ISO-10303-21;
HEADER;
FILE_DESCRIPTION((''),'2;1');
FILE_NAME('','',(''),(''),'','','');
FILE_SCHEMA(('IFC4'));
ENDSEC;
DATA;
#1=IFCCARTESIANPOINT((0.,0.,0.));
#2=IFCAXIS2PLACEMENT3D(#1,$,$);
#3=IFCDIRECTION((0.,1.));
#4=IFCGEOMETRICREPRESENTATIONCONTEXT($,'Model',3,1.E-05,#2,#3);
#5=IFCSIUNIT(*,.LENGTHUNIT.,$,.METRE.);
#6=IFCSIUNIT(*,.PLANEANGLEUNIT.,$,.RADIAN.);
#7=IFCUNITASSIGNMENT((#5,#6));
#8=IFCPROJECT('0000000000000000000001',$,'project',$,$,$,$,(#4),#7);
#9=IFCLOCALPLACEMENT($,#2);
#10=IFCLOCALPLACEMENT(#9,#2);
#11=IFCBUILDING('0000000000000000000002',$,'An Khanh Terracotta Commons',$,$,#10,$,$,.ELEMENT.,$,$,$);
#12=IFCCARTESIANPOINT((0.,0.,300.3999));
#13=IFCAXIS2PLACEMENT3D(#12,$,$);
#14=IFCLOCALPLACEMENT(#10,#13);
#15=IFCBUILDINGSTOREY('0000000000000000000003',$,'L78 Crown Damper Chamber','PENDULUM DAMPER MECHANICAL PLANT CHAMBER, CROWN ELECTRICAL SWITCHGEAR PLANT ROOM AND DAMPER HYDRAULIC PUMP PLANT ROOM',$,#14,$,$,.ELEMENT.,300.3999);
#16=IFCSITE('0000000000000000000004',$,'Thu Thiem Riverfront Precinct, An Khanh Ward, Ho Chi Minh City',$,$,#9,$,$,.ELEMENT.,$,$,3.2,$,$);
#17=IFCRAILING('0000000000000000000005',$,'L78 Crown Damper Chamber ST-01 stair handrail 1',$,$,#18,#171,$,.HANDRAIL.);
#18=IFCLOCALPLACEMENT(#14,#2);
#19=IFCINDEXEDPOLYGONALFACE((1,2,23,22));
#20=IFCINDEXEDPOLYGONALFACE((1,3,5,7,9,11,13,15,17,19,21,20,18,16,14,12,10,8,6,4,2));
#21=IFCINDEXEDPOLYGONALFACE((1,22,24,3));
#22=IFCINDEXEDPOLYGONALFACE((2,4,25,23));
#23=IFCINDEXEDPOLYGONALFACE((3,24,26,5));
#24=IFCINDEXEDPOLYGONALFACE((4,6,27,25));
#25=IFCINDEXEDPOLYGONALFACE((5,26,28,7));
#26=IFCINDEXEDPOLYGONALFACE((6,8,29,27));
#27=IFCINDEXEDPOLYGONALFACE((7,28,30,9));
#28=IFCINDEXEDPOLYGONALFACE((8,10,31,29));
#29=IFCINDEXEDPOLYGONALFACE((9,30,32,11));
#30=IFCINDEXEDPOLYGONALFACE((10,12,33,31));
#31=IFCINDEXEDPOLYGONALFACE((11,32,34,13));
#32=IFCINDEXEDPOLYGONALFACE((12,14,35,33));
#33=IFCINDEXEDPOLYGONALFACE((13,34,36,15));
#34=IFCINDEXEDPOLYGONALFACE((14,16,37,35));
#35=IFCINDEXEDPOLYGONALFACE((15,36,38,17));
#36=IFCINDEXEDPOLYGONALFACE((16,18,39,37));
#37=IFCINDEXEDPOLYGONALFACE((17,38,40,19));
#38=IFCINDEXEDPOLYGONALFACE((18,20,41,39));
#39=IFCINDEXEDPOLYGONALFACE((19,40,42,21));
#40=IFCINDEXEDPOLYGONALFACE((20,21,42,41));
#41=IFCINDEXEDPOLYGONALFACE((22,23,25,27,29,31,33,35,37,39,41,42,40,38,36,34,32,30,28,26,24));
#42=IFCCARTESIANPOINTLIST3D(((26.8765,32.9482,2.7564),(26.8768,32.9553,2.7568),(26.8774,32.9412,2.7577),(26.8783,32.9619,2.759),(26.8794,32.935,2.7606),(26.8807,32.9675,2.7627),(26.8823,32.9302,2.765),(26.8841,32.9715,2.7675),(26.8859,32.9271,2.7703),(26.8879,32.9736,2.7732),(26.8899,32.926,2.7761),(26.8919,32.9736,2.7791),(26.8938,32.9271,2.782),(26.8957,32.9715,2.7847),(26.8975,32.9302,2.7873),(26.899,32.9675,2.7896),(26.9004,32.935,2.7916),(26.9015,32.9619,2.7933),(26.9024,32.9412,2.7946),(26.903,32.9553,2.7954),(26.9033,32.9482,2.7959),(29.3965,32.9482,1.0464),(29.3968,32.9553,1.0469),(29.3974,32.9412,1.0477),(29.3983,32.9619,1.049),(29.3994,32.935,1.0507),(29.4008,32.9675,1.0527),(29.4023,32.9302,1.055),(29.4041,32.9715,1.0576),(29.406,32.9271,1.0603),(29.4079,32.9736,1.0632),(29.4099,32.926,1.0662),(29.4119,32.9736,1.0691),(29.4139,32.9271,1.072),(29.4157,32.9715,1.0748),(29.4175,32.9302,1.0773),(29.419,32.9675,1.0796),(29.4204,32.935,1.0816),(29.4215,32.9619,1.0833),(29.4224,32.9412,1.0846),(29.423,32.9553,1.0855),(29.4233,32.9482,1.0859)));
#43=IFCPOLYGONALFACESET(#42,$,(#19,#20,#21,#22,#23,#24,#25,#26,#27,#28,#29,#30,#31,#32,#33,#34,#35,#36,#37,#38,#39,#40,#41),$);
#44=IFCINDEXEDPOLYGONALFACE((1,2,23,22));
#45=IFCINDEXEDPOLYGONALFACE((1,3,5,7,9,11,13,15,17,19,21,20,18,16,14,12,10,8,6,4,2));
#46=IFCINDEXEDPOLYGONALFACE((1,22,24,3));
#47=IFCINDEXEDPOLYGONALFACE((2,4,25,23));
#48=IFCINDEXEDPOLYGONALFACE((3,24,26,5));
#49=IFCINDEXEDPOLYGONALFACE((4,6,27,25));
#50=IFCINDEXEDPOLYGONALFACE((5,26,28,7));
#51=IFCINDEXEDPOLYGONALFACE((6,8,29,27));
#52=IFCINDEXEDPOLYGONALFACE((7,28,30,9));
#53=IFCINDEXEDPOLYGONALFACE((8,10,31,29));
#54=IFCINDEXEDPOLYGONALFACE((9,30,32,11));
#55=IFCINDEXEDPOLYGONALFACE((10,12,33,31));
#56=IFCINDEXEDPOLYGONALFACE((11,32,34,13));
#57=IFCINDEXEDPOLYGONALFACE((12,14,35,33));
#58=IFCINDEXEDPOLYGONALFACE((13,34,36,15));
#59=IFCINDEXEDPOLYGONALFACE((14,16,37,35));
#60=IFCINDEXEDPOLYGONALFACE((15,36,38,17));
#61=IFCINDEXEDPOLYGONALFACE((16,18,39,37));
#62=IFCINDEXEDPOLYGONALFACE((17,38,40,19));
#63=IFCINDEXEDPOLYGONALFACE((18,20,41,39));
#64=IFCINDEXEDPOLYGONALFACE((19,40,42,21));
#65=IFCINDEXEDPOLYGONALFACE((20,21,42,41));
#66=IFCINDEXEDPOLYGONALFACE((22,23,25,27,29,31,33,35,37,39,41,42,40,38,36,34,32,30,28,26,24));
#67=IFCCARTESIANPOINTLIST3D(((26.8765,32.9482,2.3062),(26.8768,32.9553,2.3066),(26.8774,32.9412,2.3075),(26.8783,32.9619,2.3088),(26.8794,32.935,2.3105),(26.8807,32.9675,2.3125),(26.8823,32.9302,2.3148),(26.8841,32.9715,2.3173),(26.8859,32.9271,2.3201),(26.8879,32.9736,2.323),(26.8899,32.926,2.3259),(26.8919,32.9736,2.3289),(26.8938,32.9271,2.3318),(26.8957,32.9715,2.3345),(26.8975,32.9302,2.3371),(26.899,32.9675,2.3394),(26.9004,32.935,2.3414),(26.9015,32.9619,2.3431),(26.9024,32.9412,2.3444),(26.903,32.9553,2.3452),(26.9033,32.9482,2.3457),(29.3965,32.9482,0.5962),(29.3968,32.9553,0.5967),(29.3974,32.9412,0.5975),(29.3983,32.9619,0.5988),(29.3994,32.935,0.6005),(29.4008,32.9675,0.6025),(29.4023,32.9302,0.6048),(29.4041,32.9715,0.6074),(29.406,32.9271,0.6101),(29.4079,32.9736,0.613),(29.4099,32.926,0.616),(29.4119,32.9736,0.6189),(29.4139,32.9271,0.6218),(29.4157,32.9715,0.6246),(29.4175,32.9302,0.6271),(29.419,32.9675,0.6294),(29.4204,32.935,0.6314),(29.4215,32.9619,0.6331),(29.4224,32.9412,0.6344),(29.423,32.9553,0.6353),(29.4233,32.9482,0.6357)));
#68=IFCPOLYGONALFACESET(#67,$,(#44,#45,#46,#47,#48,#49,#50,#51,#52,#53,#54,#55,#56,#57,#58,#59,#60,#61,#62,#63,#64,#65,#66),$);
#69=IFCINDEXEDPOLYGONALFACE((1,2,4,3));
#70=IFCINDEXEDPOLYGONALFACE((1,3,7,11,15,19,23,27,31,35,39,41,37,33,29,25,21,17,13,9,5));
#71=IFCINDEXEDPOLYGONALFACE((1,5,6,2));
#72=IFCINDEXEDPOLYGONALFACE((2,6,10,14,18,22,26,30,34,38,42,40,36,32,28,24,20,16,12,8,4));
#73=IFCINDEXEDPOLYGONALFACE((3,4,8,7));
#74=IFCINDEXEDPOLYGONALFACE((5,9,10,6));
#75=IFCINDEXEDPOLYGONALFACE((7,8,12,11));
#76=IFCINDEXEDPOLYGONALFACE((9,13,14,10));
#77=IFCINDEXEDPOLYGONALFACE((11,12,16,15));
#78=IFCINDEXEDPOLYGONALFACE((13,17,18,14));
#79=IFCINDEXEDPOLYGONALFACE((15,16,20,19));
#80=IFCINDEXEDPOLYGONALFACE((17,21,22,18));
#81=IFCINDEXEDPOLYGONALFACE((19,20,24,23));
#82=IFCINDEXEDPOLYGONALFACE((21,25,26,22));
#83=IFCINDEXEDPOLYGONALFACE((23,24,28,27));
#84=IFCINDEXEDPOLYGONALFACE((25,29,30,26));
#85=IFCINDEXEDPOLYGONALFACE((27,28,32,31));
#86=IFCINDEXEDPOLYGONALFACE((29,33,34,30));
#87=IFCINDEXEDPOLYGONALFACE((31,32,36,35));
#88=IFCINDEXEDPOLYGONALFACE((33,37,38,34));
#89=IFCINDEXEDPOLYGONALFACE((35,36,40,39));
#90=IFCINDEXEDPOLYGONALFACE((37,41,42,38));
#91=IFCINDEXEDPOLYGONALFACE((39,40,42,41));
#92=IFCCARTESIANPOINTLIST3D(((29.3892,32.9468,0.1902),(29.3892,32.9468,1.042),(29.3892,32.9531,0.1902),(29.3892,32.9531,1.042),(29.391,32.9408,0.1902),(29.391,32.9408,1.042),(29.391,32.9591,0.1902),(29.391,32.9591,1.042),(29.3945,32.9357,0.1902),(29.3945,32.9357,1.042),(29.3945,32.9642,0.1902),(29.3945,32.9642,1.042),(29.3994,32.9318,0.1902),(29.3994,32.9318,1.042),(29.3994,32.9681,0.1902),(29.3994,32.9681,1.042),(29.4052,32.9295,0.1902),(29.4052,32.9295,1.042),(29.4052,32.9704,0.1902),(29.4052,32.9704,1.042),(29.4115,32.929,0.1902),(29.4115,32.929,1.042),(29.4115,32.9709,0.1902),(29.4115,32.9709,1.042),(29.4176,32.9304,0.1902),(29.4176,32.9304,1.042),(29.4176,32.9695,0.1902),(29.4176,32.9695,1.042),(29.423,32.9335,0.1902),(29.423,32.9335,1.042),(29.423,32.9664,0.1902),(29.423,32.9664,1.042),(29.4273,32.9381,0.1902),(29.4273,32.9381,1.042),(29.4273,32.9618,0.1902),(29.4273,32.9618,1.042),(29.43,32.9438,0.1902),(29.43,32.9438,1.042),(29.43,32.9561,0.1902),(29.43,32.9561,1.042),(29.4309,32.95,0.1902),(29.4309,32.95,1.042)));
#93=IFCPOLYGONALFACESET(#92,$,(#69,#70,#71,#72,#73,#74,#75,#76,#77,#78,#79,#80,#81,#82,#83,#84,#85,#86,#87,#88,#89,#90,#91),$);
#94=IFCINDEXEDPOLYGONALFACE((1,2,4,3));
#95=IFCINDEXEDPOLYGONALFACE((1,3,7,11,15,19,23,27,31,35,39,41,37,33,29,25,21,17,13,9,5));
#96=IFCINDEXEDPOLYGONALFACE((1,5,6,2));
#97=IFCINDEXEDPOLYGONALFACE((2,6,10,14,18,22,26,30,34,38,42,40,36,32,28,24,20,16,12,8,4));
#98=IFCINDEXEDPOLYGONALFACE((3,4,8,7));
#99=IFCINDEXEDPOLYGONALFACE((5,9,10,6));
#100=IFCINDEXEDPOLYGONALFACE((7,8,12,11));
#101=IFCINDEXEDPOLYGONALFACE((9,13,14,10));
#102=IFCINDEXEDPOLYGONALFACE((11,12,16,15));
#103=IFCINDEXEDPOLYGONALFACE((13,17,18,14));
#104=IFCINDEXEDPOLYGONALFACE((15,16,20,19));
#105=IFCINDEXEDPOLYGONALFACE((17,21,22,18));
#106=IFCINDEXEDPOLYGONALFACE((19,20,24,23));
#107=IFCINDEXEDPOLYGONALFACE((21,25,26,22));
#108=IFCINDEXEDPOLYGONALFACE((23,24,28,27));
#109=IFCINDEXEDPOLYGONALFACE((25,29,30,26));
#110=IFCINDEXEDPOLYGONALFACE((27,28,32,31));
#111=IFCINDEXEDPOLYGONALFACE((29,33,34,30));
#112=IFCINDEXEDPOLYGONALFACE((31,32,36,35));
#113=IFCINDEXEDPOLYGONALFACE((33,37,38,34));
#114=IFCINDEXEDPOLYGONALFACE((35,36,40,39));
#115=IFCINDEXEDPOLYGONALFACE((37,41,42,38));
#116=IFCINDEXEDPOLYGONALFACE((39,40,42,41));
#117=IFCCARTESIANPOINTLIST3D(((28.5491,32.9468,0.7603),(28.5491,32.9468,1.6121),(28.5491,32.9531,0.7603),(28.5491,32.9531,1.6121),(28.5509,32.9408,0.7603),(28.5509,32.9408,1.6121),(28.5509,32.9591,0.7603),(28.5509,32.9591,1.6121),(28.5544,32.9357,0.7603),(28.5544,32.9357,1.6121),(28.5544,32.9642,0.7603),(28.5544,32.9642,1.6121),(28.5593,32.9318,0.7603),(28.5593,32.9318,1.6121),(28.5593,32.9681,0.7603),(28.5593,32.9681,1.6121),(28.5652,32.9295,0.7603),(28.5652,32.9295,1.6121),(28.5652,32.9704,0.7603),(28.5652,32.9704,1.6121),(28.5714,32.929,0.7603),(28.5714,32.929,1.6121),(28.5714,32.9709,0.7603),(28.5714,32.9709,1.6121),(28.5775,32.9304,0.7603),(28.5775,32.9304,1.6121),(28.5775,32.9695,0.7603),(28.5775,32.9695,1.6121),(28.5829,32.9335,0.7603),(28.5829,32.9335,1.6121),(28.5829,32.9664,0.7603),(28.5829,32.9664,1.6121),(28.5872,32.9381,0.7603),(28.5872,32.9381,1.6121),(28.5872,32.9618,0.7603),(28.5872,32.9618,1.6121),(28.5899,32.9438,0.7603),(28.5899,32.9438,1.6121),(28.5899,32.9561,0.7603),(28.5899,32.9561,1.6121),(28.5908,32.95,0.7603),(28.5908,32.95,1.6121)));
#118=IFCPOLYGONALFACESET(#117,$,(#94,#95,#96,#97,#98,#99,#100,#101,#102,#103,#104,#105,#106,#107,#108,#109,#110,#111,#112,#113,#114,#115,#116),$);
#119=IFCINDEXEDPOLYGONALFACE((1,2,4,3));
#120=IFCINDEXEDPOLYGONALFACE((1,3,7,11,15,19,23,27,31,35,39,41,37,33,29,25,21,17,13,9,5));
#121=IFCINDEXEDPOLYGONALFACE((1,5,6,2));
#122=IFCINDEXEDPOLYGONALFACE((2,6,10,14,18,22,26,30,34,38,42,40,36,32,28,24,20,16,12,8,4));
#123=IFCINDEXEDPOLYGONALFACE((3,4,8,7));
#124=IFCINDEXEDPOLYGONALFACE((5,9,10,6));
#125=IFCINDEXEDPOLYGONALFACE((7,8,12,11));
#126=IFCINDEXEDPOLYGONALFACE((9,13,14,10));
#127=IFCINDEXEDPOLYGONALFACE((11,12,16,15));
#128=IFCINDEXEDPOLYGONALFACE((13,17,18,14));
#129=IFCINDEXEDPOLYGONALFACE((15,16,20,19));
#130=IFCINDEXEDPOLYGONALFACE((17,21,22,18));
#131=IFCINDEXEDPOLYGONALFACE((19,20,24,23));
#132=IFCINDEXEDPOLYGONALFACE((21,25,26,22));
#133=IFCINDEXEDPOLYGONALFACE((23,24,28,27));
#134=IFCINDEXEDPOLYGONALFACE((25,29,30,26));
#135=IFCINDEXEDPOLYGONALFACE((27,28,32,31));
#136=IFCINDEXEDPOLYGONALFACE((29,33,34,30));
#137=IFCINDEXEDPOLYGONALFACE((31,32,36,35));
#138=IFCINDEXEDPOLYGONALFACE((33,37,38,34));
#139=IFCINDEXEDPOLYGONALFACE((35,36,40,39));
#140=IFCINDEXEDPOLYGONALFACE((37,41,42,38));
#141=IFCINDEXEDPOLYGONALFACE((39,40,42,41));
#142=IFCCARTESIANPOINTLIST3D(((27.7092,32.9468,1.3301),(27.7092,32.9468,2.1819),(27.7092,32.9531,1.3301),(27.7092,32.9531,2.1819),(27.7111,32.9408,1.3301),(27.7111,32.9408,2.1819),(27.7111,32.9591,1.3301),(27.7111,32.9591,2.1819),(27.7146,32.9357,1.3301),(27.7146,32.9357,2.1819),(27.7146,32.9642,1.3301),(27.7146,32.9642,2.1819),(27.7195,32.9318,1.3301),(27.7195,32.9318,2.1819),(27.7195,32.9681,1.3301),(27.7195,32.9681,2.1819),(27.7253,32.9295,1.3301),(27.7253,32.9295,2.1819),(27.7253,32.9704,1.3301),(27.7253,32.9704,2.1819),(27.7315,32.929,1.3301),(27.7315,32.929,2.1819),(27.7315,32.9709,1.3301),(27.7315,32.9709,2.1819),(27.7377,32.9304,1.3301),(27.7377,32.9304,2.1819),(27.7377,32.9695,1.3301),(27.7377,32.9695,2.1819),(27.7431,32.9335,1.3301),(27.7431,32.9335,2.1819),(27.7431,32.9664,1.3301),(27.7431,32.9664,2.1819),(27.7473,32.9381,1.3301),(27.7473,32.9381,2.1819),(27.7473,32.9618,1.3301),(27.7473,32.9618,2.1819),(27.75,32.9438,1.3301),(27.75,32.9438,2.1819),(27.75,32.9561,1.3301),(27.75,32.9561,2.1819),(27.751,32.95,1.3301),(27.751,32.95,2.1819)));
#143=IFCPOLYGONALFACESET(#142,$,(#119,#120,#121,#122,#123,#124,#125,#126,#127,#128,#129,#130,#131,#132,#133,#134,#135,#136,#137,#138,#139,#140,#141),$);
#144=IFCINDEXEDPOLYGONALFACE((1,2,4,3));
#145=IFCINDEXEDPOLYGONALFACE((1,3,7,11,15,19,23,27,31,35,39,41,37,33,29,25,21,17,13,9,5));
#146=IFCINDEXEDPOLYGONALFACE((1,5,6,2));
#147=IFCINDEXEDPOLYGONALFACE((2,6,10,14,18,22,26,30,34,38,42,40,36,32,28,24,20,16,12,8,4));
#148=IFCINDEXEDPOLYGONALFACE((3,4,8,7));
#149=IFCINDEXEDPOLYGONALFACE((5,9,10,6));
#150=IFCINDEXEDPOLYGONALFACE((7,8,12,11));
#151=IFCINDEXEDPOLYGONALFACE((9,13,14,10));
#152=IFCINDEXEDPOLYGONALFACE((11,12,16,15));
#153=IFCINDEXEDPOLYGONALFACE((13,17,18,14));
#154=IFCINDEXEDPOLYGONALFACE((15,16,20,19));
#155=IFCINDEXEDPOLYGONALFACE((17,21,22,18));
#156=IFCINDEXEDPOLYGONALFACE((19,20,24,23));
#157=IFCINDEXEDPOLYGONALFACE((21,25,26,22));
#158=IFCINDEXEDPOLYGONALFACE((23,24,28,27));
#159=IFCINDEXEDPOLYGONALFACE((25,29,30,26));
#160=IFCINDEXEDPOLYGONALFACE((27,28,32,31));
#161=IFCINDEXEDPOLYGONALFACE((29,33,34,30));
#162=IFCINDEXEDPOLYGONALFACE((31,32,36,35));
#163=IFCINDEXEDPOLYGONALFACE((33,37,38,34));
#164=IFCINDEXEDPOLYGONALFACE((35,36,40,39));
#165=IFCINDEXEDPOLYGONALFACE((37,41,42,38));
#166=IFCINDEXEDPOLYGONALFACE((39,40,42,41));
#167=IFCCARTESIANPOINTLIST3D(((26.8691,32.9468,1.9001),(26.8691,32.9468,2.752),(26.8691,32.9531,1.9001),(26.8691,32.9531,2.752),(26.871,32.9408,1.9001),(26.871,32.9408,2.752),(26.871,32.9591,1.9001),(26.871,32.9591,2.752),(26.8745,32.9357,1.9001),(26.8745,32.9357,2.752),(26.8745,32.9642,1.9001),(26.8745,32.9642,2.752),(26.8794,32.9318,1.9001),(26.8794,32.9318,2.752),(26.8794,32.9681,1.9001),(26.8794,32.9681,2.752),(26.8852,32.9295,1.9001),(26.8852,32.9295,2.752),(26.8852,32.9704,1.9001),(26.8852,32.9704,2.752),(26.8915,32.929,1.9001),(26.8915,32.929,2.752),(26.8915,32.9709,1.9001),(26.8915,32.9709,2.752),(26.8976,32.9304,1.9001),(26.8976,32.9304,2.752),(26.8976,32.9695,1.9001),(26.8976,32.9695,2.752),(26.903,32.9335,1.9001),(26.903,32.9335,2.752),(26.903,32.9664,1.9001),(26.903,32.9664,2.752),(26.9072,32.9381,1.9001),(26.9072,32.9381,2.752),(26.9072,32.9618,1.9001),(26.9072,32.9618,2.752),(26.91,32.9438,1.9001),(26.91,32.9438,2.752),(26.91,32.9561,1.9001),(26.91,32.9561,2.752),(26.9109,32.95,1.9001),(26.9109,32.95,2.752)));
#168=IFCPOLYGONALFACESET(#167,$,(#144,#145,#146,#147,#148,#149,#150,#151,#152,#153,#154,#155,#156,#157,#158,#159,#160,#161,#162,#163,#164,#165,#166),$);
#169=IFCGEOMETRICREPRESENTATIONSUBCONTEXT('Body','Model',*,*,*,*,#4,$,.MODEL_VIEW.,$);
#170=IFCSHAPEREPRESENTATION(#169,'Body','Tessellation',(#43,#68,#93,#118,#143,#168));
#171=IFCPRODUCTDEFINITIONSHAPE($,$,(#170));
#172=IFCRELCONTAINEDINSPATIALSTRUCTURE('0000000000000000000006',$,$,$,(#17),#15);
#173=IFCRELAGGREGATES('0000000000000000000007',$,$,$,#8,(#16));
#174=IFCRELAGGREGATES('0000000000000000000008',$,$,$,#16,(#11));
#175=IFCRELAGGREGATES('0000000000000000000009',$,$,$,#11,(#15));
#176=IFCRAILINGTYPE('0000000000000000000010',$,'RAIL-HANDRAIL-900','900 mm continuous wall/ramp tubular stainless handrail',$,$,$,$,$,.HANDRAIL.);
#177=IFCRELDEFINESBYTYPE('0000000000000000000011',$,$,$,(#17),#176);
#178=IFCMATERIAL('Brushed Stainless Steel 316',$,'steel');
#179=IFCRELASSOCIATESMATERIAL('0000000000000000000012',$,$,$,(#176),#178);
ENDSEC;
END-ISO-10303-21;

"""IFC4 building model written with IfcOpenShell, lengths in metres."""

from ifc_helpers import new_model, si_unit, direction, frame, origin, origin_2d, place, context, subcontext, project, spatial, circle, extrude, material, type_object, element, save


model = new_model("IFC4")

# Units and contexts
model_context = context("Model", 3, precision=1e-05, world=origin(), true_north=direction((0.0, 1.0)))
body_context = subcontext(model_context, "Body", "Model", "MODEL_VIEW")
ifc_project = project(units=[si_unit("LENGTHUNIT", "METRE"), si_unit("PLANEANGLEUNIT", "RADIAN")], contexts=[model_context])

# Site, building, storey
site_placement = place(None, origin())
site = spatial("IfcSite", under=ifc_project, at=site_placement, Name="Thu Thiem Riverfront Precinct, An Khanh Ward, Ho Chi Minh City", CompositionType="ELEMENT", RefElevation=3.2)
building_placement = place(site_placement, origin())
building = spatial("IfcBuilding", under=site, at=building_placement, Name="An Khanh Terracotta Commons", CompositionType="ELEMENT")
storey_placement = place(building_placement, frame((0.0, 0.0, 300.3999)))
storey = spatial("IfcBuildingStorey", under=building, at=storey_placement, Name="L78 Crown Damper Chamber", Description="PENDULUM DAMPER MECHANICAL PLANT CHAMBER, CROWN ELECTRICAL SWITCHGEAR PLANT ROOM AND DAMPER HYDRAULIC PUMP PLANT ROOM", CompositionType="ELEMENT", Elevation=300.3999)

# Railing
ifc_material_1 = material(Name="Brushed Stainless Steel 316", Category="steel")
railing_type_1 = type_object("IfcRailingType", Name="RAIL-HANDRAIL-900", Description="900 mm continuous wall/ramp tubular stainless handrail", PredefinedType="HANDRAIL", material=ifc_material_1)
railing_1_placement = place(storey_placement, frame((29.4099, 32.95, 0.1902)))
element("IfcRailing", 1, at=railing_1_placement, inside=storey, type_object=railing_type_1, Name="L78 Crown Damper Chamber ST-01 stair handrail 1", PredefinedType="HANDRAIL", context=body_context, shape_type="SweptSolid", body=[
    extrude(circle(Radius=0.0239, at=origin_2d()), frame((0.0, 0.0, 0.876), z_axis=(-0.827484, 0.0, 0.56149), x_axis=(0.0, -1.0, 0.0)), (0.0, 0.0, 1.0), 3.0454),
    extrude(circle(Radius=0.0239, at=origin_2d()), frame((0.0, 0.0, 0.4258), z_axis=(-0.827484, 0.0, 0.56149), x_axis=(0.0, -1.0, 0.0)), (0.0, 0.0, 1.0), 3.0454),
    extrude(circle(Radius=0.021, at=origin_2d()), origin(), (0.0, 0.0, 1.0), 0.8518),
    extrude(circle(Radius=0.021, at=origin_2d()), frame((-0.8401, 0.0, 0.5701)), (0.0, 0.0, 1.0), 0.8518),
    extrude(circle(Radius=0.021, at=origin_2d()), frame((-1.6799, 0.0, 1.1399)), (0.0, 0.0, 1.0), 0.8518),
    extrude(circle(Radius=0.021, at=origin_2d()), frame((-2.52, 0.0, 1.71)), (0.0, 0.0, 1.0), 0.8518),
])

save(model, "model.ifc")
